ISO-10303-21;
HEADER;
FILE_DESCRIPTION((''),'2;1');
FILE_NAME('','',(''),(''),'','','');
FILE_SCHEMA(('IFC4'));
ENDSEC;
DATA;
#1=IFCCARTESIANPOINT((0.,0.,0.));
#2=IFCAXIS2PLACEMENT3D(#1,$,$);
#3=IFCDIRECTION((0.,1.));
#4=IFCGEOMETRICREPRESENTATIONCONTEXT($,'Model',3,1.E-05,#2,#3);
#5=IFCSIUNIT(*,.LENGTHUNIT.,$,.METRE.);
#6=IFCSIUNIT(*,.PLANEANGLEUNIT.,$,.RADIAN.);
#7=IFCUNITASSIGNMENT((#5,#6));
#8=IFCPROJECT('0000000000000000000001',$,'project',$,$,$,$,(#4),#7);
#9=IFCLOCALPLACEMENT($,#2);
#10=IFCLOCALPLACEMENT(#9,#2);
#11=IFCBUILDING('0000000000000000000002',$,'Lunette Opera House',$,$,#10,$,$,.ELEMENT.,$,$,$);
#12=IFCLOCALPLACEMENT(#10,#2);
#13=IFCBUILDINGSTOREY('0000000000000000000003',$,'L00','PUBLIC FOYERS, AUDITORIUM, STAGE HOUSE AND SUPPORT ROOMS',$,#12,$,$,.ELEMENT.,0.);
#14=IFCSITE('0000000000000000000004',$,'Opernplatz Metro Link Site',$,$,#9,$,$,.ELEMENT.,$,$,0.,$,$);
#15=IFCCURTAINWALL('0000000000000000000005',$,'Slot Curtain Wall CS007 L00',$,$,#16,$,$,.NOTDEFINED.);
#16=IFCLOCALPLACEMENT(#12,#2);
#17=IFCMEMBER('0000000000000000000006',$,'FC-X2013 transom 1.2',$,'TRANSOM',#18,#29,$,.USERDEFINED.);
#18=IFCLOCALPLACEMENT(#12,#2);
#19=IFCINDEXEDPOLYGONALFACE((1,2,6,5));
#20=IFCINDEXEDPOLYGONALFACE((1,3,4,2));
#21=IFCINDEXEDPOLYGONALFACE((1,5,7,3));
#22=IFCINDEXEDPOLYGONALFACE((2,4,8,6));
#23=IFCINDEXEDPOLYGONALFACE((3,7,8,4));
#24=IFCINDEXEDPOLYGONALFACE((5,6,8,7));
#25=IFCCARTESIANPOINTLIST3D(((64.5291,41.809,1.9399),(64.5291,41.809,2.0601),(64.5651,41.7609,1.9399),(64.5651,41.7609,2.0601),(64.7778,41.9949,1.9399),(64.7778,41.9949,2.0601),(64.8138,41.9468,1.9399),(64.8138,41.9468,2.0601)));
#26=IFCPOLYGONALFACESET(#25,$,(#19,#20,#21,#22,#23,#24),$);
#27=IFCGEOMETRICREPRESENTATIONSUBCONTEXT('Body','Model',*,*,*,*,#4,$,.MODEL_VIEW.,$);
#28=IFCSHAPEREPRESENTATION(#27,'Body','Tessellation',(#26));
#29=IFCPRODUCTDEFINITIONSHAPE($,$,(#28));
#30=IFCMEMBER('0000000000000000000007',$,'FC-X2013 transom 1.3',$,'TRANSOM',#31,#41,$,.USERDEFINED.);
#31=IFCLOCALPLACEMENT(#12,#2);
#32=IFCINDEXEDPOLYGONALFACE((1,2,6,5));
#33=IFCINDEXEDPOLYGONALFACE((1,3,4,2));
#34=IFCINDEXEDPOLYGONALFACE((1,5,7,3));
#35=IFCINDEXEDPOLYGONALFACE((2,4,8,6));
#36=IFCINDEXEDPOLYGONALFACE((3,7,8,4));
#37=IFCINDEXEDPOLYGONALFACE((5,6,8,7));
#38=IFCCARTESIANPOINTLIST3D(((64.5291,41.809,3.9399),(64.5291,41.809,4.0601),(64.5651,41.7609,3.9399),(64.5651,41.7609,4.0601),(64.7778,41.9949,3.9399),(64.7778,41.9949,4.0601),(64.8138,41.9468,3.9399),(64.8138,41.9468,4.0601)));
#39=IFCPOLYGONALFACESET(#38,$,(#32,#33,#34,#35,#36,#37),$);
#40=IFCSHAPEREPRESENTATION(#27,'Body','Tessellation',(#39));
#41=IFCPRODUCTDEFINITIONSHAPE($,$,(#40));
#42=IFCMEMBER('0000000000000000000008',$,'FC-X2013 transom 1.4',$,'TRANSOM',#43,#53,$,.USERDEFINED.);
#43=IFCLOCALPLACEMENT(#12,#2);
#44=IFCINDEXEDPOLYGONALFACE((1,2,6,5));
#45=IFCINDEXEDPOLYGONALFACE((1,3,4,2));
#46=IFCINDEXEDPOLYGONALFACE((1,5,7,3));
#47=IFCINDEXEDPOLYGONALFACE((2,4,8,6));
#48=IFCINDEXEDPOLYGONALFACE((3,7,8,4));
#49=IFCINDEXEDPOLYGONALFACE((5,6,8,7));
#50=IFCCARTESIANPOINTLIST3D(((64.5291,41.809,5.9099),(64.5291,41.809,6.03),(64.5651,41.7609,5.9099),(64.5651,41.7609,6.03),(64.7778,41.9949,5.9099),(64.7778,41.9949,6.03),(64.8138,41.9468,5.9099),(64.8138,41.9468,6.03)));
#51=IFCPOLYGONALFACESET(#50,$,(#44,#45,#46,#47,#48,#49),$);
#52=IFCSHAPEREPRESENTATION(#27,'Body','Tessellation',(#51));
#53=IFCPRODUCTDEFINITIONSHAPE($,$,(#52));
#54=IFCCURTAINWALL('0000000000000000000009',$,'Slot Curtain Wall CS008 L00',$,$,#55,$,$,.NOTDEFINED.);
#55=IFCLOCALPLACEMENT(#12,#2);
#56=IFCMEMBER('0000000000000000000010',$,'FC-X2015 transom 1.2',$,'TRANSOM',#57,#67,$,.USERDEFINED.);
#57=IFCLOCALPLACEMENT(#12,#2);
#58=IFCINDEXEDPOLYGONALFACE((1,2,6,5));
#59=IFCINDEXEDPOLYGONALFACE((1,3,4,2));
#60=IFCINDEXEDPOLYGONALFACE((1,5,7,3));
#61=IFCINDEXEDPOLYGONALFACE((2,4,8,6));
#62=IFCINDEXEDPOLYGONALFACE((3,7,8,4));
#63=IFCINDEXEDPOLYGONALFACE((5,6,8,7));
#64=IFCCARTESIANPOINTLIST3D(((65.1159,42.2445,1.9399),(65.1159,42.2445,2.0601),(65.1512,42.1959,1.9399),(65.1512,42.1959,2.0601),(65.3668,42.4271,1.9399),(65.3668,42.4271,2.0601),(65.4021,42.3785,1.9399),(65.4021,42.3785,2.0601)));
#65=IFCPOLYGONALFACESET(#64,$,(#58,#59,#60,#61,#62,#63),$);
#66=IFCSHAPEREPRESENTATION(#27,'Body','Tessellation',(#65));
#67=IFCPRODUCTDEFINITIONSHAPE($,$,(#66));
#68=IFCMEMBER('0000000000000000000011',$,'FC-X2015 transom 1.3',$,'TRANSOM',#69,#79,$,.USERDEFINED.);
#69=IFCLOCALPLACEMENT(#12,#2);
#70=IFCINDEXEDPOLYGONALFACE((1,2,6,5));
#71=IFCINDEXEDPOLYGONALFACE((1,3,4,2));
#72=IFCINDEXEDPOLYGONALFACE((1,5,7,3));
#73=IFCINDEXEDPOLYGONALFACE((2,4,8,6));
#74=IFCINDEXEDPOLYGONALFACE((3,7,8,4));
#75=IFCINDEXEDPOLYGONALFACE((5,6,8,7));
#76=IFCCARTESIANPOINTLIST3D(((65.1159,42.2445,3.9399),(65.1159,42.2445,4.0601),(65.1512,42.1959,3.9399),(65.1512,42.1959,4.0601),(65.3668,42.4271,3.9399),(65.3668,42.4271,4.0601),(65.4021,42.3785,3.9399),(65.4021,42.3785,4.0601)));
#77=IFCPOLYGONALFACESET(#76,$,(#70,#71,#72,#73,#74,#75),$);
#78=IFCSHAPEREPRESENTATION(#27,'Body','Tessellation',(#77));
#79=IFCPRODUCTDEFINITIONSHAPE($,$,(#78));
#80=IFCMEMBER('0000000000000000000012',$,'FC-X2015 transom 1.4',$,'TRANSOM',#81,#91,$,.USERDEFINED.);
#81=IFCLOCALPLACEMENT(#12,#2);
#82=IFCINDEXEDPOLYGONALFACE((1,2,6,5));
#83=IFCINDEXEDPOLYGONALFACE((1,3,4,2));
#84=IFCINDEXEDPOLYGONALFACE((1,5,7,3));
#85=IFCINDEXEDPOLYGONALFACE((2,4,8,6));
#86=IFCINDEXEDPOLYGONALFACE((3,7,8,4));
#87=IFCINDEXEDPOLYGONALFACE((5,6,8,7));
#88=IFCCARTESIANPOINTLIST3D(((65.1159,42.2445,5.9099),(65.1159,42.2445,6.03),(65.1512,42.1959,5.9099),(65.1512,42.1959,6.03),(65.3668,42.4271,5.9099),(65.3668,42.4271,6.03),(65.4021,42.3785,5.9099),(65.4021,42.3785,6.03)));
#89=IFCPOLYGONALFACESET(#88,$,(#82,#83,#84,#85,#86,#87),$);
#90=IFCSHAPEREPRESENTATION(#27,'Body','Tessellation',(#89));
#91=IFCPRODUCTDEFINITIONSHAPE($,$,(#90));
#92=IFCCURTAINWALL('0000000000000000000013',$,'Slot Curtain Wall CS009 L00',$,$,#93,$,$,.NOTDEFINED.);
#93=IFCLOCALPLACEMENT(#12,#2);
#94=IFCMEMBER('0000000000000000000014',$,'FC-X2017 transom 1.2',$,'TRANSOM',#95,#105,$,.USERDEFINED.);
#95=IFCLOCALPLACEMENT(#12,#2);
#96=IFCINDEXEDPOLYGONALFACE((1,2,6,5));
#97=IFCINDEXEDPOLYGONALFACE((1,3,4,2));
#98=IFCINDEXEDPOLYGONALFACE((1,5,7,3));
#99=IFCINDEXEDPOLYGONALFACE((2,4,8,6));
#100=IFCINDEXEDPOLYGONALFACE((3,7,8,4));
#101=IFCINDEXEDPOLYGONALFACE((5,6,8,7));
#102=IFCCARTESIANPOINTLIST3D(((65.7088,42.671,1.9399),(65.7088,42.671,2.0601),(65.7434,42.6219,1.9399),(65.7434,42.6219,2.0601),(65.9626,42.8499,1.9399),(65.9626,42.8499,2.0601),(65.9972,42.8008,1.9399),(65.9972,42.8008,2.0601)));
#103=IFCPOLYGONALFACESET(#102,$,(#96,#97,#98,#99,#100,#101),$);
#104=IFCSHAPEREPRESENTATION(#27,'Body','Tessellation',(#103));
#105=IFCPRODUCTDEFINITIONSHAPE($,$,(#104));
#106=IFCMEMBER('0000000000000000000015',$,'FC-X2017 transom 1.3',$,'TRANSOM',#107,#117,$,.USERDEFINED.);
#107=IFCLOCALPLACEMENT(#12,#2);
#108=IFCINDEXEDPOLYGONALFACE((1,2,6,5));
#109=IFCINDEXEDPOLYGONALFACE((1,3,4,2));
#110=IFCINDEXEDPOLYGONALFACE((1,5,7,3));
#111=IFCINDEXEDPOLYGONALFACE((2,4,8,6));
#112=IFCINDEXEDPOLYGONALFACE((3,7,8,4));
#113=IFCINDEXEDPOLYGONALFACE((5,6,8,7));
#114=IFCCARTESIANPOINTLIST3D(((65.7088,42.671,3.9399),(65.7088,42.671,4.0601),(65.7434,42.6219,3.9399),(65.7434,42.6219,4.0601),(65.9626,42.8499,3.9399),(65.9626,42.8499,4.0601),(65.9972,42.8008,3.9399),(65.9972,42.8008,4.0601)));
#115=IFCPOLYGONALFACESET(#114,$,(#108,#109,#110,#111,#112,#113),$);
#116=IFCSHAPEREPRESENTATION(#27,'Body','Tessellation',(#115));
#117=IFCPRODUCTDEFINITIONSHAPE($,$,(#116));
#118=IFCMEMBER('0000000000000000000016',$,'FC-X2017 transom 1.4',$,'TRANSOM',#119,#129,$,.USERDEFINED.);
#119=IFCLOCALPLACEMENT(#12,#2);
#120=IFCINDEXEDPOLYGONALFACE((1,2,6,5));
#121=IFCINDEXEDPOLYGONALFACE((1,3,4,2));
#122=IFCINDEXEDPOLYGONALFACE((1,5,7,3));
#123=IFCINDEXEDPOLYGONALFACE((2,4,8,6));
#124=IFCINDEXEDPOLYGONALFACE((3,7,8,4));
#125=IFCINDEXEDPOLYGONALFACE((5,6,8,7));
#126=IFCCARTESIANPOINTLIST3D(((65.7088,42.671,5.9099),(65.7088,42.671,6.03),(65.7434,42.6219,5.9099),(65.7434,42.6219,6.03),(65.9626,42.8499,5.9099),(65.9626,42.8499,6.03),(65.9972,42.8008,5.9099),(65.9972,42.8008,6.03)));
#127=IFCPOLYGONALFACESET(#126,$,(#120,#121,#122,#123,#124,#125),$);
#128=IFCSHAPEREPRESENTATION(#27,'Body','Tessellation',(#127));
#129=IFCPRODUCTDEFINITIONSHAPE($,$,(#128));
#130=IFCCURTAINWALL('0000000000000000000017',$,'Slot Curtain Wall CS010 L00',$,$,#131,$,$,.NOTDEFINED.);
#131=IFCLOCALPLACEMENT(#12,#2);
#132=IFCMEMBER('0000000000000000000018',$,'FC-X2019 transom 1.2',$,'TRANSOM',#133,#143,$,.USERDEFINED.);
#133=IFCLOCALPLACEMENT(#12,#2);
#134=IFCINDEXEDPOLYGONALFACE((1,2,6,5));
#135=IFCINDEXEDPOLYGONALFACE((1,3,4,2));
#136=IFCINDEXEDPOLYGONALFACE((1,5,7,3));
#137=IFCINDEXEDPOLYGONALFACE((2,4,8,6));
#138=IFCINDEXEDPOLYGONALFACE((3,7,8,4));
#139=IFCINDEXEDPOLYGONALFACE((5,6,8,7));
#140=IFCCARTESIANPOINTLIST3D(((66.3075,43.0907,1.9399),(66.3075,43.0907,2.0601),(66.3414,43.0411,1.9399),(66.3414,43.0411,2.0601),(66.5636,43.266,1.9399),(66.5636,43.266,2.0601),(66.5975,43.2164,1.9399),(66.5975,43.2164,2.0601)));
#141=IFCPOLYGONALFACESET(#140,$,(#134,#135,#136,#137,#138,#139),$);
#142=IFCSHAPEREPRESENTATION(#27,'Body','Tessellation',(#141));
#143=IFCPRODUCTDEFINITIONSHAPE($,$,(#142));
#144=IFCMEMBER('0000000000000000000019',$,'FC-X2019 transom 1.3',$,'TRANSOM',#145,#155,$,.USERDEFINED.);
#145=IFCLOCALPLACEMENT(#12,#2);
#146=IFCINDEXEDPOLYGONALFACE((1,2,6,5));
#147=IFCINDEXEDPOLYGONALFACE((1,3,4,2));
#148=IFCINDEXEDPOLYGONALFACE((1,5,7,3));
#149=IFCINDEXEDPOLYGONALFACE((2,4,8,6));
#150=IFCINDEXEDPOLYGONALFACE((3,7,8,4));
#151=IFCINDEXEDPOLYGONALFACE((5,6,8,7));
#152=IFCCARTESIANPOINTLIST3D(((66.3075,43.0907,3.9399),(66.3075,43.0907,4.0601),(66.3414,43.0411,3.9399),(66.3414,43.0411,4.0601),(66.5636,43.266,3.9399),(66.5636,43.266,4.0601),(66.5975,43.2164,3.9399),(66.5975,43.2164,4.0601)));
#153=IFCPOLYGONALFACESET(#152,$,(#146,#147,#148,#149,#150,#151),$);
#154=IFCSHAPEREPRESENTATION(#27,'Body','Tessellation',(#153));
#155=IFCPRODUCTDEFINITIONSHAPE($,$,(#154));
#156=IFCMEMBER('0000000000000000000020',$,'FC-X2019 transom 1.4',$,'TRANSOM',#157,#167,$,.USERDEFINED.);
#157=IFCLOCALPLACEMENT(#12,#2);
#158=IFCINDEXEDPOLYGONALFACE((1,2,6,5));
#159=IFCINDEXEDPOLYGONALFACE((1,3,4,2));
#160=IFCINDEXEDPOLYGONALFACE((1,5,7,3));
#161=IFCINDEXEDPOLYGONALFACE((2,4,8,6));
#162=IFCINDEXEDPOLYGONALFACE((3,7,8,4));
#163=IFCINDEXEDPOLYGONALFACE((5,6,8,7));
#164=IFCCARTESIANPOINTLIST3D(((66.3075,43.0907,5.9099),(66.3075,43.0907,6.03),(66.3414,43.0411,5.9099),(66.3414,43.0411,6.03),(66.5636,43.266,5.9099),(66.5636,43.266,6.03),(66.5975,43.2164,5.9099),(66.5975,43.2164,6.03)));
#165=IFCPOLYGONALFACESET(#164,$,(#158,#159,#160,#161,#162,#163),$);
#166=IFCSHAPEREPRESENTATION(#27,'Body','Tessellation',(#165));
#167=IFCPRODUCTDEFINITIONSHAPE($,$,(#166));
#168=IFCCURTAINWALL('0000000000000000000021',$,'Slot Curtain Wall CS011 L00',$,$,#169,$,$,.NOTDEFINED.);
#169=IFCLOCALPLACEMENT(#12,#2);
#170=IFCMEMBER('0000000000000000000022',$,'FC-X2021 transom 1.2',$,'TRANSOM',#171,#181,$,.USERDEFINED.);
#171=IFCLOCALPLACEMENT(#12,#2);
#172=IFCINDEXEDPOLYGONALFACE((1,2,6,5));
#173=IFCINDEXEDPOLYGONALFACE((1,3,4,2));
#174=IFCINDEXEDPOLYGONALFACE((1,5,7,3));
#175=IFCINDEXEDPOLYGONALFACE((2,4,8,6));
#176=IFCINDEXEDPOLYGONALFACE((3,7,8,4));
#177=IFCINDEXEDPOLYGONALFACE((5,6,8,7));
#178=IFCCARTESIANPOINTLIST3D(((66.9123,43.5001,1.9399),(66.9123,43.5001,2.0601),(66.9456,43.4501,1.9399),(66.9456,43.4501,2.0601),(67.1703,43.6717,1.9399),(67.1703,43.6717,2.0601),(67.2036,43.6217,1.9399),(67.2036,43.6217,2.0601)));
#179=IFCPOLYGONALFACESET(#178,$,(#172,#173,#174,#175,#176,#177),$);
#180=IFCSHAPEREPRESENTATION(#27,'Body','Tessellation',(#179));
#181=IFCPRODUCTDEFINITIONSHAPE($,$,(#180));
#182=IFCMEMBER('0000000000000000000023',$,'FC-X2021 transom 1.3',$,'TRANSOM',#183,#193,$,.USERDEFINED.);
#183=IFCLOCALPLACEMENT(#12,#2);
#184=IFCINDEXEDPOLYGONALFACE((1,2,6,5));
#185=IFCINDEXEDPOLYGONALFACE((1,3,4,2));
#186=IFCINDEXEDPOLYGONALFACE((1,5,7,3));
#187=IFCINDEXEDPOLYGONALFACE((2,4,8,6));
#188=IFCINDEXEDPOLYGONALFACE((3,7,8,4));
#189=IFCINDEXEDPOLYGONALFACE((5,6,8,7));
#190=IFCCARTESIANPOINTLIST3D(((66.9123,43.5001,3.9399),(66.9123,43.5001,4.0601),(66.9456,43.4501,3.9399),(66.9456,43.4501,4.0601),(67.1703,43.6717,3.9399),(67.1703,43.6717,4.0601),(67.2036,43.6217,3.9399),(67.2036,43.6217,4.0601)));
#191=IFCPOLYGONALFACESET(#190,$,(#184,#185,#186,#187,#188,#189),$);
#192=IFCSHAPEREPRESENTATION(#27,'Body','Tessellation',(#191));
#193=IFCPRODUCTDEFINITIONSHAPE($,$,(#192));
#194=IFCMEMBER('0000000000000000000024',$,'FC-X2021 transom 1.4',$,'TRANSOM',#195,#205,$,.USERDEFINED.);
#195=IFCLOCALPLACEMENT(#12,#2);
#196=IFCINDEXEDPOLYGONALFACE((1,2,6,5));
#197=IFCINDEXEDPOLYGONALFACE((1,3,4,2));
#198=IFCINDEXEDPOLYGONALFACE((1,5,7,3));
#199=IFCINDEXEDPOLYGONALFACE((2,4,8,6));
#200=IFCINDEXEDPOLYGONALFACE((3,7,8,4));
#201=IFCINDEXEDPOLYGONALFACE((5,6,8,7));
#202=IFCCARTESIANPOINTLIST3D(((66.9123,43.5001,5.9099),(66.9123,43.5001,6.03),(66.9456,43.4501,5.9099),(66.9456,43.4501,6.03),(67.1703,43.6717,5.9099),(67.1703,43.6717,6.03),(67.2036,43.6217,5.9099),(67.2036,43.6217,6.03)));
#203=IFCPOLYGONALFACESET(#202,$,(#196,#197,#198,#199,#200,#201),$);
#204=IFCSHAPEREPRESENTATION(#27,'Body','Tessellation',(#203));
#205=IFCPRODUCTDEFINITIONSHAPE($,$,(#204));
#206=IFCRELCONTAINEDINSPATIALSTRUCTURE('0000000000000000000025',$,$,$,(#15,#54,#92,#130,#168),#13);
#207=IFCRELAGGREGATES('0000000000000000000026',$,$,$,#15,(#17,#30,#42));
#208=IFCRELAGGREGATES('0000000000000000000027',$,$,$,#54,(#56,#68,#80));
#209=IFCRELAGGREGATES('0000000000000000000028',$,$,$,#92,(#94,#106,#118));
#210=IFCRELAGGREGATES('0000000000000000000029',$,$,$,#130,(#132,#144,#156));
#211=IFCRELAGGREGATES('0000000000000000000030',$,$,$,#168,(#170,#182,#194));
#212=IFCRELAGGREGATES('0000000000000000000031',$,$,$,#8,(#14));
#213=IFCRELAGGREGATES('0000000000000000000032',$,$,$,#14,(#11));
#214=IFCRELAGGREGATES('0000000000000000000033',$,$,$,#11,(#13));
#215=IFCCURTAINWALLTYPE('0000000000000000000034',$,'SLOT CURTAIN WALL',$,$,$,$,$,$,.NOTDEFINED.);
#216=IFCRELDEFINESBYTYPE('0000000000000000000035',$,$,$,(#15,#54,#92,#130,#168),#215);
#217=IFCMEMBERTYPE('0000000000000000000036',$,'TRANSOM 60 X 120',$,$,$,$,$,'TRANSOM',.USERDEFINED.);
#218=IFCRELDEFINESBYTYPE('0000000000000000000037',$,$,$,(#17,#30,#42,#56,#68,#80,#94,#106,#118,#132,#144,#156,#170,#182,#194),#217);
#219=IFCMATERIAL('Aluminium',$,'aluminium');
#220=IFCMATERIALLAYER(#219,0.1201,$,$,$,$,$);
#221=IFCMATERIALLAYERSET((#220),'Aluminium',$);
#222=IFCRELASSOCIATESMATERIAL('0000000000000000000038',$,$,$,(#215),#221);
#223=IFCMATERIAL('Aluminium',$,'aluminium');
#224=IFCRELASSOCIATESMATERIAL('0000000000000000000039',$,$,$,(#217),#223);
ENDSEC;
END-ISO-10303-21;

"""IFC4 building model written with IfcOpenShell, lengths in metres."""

from ifc_helpers import new_model, si_unit, direction, frame, origin, origin_2d, place, context, subcontext, project, spatial, rectangle, extrude, material, layer, layer_set, material_profile, profile_set, type_object, element, aggregate, save


model = new_model("IFC4")

# Units and contexts
model_context = context("Model", 3, precision=1e-05, world=origin(), true_north=direction((0.0, 1.0)))
body_context = subcontext(model_context, "Body", "Model", "MODEL_VIEW")
ifc_project = project(units=[si_unit("LENGTHUNIT", "METRE"), si_unit("PLANEANGLEUNIT", "RADIAN")], contexts=[model_context])

# Site, building, storey
site_placement = place(None, origin())
site = spatial("IfcSite", under=ifc_project, at=site_placement, Name="Opernplatz Metro Link Site", CompositionType="ELEMENT", RefElevation=0.0)
building_placement = place(site_placement, origin())
building = spatial("IfcBuilding", under=site, at=building_placement, Name="Lunette Opera House", CompositionType="ELEMENT")
storey_placement = place(building_placement, origin())
storey = spatial("IfcBuildingStorey", under=building, at=storey_placement, Name="L00", Description="PUBLIC FOYERS, AUDITORIUM, STAGE HOUSE AND SUPPORT ROOMS", CompositionType="ELEMENT", Elevation=0.0)

# Curtain walls, members
ifc_material_1 = material(Name="Aluminium", Category="aluminium")
ifc_layer_1 = layer(ifc_material_1, 0.1201)
ifc_layer_set_1 = layer_set([ifc_layer_1], Name="Aluminium")
curtain_wall_type = type_object("IfcCurtainWallType", Name="SLOT CURTAIN WALL", PredefinedType="NOTDEFINED", material=ifc_layer_set_1)
curtain_wall_1_placement = place(storey_placement, origin())
curtain_wall_1 = element("IfcCurtainWall", 1, at=curtain_wall_1_placement, inside=storey, type_object=curtain_wall_type, Name="Slot Curtain Wall CS007 L00", PredefinedType="NOTDEFINED")
ifc_material_2 = material(Name="Aluminium", Category="aluminium")
ifc_material_profile = material_profile(ifc_material_2, rectangle(XDim=0.0601, YDim=0.1201, at=origin_2d()), Name="TRANSOM 60 X 120")
ifc_profile_set = profile_set([ifc_material_profile], Name="Aluminium")
member_type = type_object("IfcMemberType", Name="TRANSOM 60 X 120", ElementType="TRANSOM", PredefinedType="USERDEFINED", material=ifc_profile_set)
member_1_placement = place(storey_placement, frame((64.5471, 41.7849, 2.0), z_axis=(0.800848, 0.598868, 0.0), x_axis=(-0.598868, 0.800848, 0.0)))
member_1 = element("IfcMember", 2, at=member_1_placement, type_object=member_type, Name="FC-X2013 transom 1.2", ObjectType="TRANSOM", PredefinedType="USERDEFINED", context=body_context, shape_type="SweptSolid", body=[
    extrude(rectangle(XDim=0.0601, YDim=0.1201, at=origin_2d()), origin(), (0.0, 0.0, 1.0), 0.3105),
])
member_2_placement = place(storey_placement, frame((64.5471, 41.7849, 4.0), z_axis=(0.800848, 0.598868, 0.0), x_axis=(-0.598868, 0.800848, 0.0)))
member_2 = element("IfcMember", 3, at=member_2_placement, type_object=member_type, Name="FC-X2013 transom 1.3", ObjectType="TRANSOM", PredefinedType="USERDEFINED", context=body_context, shape_type="SweptSolid", body=[
    extrude(rectangle(XDim=0.0601, YDim=0.1201, at=origin_2d()), origin(), (0.0, 0.0, 1.0), 0.3105),
])
member_3_placement = place(storey_placement, frame((64.5471, 41.7849, 5.97), z_axis=(0.800848, 0.598868, 0.0), x_axis=(-0.598868, 0.800848, 0.0)))
member_3 = element("IfcMember", 4, at=member_3_placement, type_object=member_type, Name="FC-X2013 transom 1.4", ObjectType="TRANSOM", PredefinedType="USERDEFINED", context=body_context, shape_type="SweptSolid", body=[
    extrude(rectangle(XDim=0.0601, YDim=0.1201, at=origin_2d()), origin(), (0.0, 0.0, 1.0), 0.3105),
])
curtain_wall_2_placement = place(storey_placement, origin())
curtain_wall_2 = element("IfcCurtainWall", 5, at=curtain_wall_2_placement, inside=storey, type_object=curtain_wall_type, Name="Slot Curtain Wall CS008 L00", PredefinedType="NOTDEFINED")
member_4_placement = place(storey_placement, frame((65.1335, 42.2202, 2.0), z_axis=(0.8086, 0.588359, 0.0), x_axis=(-0.588359, 0.8086, 0.0)))
member_4 = element("IfcMember", 6, at=member_4_placement, type_object=member_type, Name="FC-X2015 transom 1.2", ObjectType="TRANSOM", PredefinedType="USERDEFINED", context=body_context, shape_type="SweptSolid", body=[
    extrude(rectangle(XDim=0.0601, YDim=0.1201, at=origin_2d()), origin(), (0.0, 0.0, 1.0), 0.3103),
])
member_5_placement = place(storey_placement, frame((65.1335, 42.2202, 4.0), z_axis=(0.8086, 0.588359, 0.0), x_axis=(-0.588359, 0.8086, 0.0)))
member_5 = element("IfcMember", 7, at=member_5_placement, type_object=member_type, Name="FC-X2015 transom 1.3", ObjectType="TRANSOM", PredefinedType="USERDEFINED", context=body_context, shape_type="SweptSolid", body=[
    extrude(rectangle(XDim=0.0601, YDim=0.1201, at=origin_2d()), origin(), (0.0, 0.0, 1.0), 0.3103),
])
member_6_placement = place(storey_placement, frame((65.1335, 42.2202, 5.97), z_axis=(0.8086, 0.588359, 0.0), x_axis=(-0.588359, 0.8086, 0.0)))
member_6 = element("IfcMember", 8, at=member_6_placement, type_object=member_type, Name="FC-X2015 transom 1.4", ObjectType="TRANSOM", PredefinedType="USERDEFINED", context=body_context, shape_type="SweptSolid", body=[
    extrude(rectangle(XDim=0.0601, YDim=0.1201, at=origin_2d()), origin(), (0.0, 0.0, 1.0), 0.3103),
])
curtain_wall_3_placement = place(storey_placement, origin())
curtain_wall_3 = element("IfcCurtainWall", 9, at=curtain_wall_3_placement, inside=storey, type_object=curtain_wall_type, Name="Slot Curtain Wall CS009 L00", PredefinedType="NOTDEFINED")
member_7_placement = place(storey_placement, frame((65.7261, 42.6465, 2.0), z_axis=(0.817381, 0.576097, 0.0), x_axis=(-0.576097, 0.817381, 0.0)))
member_7 = element("IfcMember", 10, at=member_7_placement, type_object=member_type, Name="FC-X2017 transom 1.2", ObjectType="TRANSOM", PredefinedType="USERDEFINED", context=body_context, shape_type="SweptSolid", body=[
    extrude(rectangle(XDim=0.0601, YDim=0.1201, at=origin_2d()), origin(), (0.0, 0.0, 1.0), 0.3105),
])
member_8_placement = place(storey_placement, frame((65.7261, 42.6465, 4.0), z_axis=(0.817381, 0.576097, 0.0), x_axis=(-0.576097, 0.817381, 0.0)))
member_8 = element("IfcMember", 11, at=member_8_placement, type_object=member_type, Name="FC-X2017 transom 1.3", ObjectType="TRANSOM", PredefinedType="USERDEFINED", context=body_context, shape_type="SweptSolid", body=[
    extrude(rectangle(XDim=0.0601, YDim=0.1201, at=origin_2d()), origin(), (0.0, 0.0, 1.0), 0.3105),
])
member_9_placement = place(storey_placement, frame((65.7261, 42.6465, 5.97), z_axis=(0.817381, 0.576097, 0.0), x_axis=(-0.576097, 0.817381, 0.0)))
member_9 = element("IfcMember", 12, at=member_9_placement, type_object=member_type, Name="FC-X2017 transom 1.4", ObjectType="TRANSOM", PredefinedType="USERDEFINED", context=body_context, shape_type="SweptSolid", body=[
    extrude(rectangle(XDim=0.0601, YDim=0.1201, at=origin_2d()), origin(), (0.0, 0.0, 1.0), 0.3105),
])
curtain_wall_4_placement = place(storey_placement, origin())
curtain_wall_4 = element("IfcCurtainWall", 13, at=curtain_wall_4_placement, inside=storey, type_object=curtain_wall_type, Name="Slot Curtain Wall CS010 L00", PredefinedType="NOTDEFINED")
member_10_placement = place(storey_placement, frame((66.3245, 43.0659, 2.0), z_axis=(0.825211, 0.564825, 0.0), x_axis=(-0.564825, 0.825211, 0.0)))
member_10 = element("IfcMember", 14, at=member_10_placement, type_object=member_type, Name="FC-X2019 transom 1.2", ObjectType="TRANSOM", PredefinedType="USERDEFINED", context=body_context, shape_type="SweptSolid", body=[
    extrude(rectangle(XDim=0.0601, YDim=0.1201, at=origin_2d()), origin(), (0.0, 0.0, 1.0), 0.3103),
])
member_11_placement = place(storey_placement, frame((66.3245, 43.0659, 4.0), z_axis=(0.825211, 0.564825, 0.0), x_axis=(-0.564825, 0.825211, 0.0)))
member_11 = element("IfcMember", 15, at=member_11_placement, type_object=member_type, Name="FC-X2019 transom 1.3", ObjectType="TRANSOM", PredefinedType="USERDEFINED", context=body_context, shape_type="SweptSolid", body=[
    extrude(rectangle(XDim=0.0601, YDim=0.1201, at=origin_2d()), origin(), (0.0, 0.0, 1.0), 0.3103),
])
member_12_placement = place(storey_placement, frame((66.3245, 43.0659, 5.97), z_axis=(0.825211, 0.564825, 0.0), x_axis=(-0.564825, 0.825211, 0.0)))
member_12 = element("IfcMember", 16, at=member_12_placement, type_object=member_type, Name="FC-X2019 transom 1.4", ObjectType="TRANSOM", PredefinedType="USERDEFINED", context=body_context, shape_type="SweptSolid", body=[
    extrude(rectangle(XDim=0.0601, YDim=0.1201, at=origin_2d()), origin(), (0.0, 0.0, 1.0), 0.3103),
])
curtain_wall_5_placement = place(storey_placement, origin())
curtain_wall_5 = element("IfcCurtainWall", 17, at=curtain_wall_5_placement, inside=storey, type_object=curtain_wall_type, Name="Slot Curtain Wall CS011 L00", PredefinedType="NOTDEFINED")
member_13_placement = place(storey_placement, frame((66.929, 43.4751, 2.0), z_axis=(0.832656, 0.553791, 0.0), x_axis=(-0.553791, 0.832656, 0.0)))
member_13 = element("IfcMember", 18, at=member_13_placement, type_object=member_type, Name="FC-X2021 transom 1.2", ObjectType="TRANSOM", PredefinedType="USERDEFINED", context=body_context, shape_type="SweptSolid", body=[
    extrude(rectangle(XDim=0.0601, YDim=0.1201, at=origin_2d()), origin(), (0.0, 0.0, 1.0), 0.3098),
])
member_14_placement = place(storey_placement, frame((66.929, 43.4751, 4.0), z_axis=(0.832656, 0.553791, 0.0), x_axis=(-0.553791, 0.832656, 0.0)))
member_14 = element("IfcMember", 19, at=member_14_placement, type_object=member_type, Name="FC-X2021 transom 1.3", ObjectType="TRANSOM", PredefinedType="USERDEFINED", context=body_context, shape_type="SweptSolid", body=[
    extrude(rectangle(XDim=0.0601, YDim=0.1201, at=origin_2d()), origin(), (0.0, 0.0, 1.0), 0.3098),
])
member_15_placement = place(storey_placement, frame((66.929, 43.4751, 5.97), z_axis=(0.832656, 0.553791, 0.0), x_axis=(-0.553791, 0.832656, 0.0)))
member_15 = element("IfcMember", 20, at=member_15_placement, type_object=member_type, Name="FC-X2021 transom 1.4", ObjectType="TRANSOM", PredefinedType="USERDEFINED", context=body_context, shape_type="SweptSolid", body=[
    extrude(rectangle(XDim=0.0601, YDim=0.1201, at=origin_2d()), origin(), (0.0, 0.0, 1.0), 0.3098),
])

aggregate(curtain_wall_1, [member_1, member_2, member_3])
aggregate(curtain_wall_2, [member_4, member_5, member_6])
aggregate(curtain_wall_3, [member_7, member_8, member_9])
aggregate(curtain_wall_4, [member_10, member_11, member_12])
aggregate(curtain_wall_5, [member_13, member_14, member_15])

save(model, "model.ifc")
